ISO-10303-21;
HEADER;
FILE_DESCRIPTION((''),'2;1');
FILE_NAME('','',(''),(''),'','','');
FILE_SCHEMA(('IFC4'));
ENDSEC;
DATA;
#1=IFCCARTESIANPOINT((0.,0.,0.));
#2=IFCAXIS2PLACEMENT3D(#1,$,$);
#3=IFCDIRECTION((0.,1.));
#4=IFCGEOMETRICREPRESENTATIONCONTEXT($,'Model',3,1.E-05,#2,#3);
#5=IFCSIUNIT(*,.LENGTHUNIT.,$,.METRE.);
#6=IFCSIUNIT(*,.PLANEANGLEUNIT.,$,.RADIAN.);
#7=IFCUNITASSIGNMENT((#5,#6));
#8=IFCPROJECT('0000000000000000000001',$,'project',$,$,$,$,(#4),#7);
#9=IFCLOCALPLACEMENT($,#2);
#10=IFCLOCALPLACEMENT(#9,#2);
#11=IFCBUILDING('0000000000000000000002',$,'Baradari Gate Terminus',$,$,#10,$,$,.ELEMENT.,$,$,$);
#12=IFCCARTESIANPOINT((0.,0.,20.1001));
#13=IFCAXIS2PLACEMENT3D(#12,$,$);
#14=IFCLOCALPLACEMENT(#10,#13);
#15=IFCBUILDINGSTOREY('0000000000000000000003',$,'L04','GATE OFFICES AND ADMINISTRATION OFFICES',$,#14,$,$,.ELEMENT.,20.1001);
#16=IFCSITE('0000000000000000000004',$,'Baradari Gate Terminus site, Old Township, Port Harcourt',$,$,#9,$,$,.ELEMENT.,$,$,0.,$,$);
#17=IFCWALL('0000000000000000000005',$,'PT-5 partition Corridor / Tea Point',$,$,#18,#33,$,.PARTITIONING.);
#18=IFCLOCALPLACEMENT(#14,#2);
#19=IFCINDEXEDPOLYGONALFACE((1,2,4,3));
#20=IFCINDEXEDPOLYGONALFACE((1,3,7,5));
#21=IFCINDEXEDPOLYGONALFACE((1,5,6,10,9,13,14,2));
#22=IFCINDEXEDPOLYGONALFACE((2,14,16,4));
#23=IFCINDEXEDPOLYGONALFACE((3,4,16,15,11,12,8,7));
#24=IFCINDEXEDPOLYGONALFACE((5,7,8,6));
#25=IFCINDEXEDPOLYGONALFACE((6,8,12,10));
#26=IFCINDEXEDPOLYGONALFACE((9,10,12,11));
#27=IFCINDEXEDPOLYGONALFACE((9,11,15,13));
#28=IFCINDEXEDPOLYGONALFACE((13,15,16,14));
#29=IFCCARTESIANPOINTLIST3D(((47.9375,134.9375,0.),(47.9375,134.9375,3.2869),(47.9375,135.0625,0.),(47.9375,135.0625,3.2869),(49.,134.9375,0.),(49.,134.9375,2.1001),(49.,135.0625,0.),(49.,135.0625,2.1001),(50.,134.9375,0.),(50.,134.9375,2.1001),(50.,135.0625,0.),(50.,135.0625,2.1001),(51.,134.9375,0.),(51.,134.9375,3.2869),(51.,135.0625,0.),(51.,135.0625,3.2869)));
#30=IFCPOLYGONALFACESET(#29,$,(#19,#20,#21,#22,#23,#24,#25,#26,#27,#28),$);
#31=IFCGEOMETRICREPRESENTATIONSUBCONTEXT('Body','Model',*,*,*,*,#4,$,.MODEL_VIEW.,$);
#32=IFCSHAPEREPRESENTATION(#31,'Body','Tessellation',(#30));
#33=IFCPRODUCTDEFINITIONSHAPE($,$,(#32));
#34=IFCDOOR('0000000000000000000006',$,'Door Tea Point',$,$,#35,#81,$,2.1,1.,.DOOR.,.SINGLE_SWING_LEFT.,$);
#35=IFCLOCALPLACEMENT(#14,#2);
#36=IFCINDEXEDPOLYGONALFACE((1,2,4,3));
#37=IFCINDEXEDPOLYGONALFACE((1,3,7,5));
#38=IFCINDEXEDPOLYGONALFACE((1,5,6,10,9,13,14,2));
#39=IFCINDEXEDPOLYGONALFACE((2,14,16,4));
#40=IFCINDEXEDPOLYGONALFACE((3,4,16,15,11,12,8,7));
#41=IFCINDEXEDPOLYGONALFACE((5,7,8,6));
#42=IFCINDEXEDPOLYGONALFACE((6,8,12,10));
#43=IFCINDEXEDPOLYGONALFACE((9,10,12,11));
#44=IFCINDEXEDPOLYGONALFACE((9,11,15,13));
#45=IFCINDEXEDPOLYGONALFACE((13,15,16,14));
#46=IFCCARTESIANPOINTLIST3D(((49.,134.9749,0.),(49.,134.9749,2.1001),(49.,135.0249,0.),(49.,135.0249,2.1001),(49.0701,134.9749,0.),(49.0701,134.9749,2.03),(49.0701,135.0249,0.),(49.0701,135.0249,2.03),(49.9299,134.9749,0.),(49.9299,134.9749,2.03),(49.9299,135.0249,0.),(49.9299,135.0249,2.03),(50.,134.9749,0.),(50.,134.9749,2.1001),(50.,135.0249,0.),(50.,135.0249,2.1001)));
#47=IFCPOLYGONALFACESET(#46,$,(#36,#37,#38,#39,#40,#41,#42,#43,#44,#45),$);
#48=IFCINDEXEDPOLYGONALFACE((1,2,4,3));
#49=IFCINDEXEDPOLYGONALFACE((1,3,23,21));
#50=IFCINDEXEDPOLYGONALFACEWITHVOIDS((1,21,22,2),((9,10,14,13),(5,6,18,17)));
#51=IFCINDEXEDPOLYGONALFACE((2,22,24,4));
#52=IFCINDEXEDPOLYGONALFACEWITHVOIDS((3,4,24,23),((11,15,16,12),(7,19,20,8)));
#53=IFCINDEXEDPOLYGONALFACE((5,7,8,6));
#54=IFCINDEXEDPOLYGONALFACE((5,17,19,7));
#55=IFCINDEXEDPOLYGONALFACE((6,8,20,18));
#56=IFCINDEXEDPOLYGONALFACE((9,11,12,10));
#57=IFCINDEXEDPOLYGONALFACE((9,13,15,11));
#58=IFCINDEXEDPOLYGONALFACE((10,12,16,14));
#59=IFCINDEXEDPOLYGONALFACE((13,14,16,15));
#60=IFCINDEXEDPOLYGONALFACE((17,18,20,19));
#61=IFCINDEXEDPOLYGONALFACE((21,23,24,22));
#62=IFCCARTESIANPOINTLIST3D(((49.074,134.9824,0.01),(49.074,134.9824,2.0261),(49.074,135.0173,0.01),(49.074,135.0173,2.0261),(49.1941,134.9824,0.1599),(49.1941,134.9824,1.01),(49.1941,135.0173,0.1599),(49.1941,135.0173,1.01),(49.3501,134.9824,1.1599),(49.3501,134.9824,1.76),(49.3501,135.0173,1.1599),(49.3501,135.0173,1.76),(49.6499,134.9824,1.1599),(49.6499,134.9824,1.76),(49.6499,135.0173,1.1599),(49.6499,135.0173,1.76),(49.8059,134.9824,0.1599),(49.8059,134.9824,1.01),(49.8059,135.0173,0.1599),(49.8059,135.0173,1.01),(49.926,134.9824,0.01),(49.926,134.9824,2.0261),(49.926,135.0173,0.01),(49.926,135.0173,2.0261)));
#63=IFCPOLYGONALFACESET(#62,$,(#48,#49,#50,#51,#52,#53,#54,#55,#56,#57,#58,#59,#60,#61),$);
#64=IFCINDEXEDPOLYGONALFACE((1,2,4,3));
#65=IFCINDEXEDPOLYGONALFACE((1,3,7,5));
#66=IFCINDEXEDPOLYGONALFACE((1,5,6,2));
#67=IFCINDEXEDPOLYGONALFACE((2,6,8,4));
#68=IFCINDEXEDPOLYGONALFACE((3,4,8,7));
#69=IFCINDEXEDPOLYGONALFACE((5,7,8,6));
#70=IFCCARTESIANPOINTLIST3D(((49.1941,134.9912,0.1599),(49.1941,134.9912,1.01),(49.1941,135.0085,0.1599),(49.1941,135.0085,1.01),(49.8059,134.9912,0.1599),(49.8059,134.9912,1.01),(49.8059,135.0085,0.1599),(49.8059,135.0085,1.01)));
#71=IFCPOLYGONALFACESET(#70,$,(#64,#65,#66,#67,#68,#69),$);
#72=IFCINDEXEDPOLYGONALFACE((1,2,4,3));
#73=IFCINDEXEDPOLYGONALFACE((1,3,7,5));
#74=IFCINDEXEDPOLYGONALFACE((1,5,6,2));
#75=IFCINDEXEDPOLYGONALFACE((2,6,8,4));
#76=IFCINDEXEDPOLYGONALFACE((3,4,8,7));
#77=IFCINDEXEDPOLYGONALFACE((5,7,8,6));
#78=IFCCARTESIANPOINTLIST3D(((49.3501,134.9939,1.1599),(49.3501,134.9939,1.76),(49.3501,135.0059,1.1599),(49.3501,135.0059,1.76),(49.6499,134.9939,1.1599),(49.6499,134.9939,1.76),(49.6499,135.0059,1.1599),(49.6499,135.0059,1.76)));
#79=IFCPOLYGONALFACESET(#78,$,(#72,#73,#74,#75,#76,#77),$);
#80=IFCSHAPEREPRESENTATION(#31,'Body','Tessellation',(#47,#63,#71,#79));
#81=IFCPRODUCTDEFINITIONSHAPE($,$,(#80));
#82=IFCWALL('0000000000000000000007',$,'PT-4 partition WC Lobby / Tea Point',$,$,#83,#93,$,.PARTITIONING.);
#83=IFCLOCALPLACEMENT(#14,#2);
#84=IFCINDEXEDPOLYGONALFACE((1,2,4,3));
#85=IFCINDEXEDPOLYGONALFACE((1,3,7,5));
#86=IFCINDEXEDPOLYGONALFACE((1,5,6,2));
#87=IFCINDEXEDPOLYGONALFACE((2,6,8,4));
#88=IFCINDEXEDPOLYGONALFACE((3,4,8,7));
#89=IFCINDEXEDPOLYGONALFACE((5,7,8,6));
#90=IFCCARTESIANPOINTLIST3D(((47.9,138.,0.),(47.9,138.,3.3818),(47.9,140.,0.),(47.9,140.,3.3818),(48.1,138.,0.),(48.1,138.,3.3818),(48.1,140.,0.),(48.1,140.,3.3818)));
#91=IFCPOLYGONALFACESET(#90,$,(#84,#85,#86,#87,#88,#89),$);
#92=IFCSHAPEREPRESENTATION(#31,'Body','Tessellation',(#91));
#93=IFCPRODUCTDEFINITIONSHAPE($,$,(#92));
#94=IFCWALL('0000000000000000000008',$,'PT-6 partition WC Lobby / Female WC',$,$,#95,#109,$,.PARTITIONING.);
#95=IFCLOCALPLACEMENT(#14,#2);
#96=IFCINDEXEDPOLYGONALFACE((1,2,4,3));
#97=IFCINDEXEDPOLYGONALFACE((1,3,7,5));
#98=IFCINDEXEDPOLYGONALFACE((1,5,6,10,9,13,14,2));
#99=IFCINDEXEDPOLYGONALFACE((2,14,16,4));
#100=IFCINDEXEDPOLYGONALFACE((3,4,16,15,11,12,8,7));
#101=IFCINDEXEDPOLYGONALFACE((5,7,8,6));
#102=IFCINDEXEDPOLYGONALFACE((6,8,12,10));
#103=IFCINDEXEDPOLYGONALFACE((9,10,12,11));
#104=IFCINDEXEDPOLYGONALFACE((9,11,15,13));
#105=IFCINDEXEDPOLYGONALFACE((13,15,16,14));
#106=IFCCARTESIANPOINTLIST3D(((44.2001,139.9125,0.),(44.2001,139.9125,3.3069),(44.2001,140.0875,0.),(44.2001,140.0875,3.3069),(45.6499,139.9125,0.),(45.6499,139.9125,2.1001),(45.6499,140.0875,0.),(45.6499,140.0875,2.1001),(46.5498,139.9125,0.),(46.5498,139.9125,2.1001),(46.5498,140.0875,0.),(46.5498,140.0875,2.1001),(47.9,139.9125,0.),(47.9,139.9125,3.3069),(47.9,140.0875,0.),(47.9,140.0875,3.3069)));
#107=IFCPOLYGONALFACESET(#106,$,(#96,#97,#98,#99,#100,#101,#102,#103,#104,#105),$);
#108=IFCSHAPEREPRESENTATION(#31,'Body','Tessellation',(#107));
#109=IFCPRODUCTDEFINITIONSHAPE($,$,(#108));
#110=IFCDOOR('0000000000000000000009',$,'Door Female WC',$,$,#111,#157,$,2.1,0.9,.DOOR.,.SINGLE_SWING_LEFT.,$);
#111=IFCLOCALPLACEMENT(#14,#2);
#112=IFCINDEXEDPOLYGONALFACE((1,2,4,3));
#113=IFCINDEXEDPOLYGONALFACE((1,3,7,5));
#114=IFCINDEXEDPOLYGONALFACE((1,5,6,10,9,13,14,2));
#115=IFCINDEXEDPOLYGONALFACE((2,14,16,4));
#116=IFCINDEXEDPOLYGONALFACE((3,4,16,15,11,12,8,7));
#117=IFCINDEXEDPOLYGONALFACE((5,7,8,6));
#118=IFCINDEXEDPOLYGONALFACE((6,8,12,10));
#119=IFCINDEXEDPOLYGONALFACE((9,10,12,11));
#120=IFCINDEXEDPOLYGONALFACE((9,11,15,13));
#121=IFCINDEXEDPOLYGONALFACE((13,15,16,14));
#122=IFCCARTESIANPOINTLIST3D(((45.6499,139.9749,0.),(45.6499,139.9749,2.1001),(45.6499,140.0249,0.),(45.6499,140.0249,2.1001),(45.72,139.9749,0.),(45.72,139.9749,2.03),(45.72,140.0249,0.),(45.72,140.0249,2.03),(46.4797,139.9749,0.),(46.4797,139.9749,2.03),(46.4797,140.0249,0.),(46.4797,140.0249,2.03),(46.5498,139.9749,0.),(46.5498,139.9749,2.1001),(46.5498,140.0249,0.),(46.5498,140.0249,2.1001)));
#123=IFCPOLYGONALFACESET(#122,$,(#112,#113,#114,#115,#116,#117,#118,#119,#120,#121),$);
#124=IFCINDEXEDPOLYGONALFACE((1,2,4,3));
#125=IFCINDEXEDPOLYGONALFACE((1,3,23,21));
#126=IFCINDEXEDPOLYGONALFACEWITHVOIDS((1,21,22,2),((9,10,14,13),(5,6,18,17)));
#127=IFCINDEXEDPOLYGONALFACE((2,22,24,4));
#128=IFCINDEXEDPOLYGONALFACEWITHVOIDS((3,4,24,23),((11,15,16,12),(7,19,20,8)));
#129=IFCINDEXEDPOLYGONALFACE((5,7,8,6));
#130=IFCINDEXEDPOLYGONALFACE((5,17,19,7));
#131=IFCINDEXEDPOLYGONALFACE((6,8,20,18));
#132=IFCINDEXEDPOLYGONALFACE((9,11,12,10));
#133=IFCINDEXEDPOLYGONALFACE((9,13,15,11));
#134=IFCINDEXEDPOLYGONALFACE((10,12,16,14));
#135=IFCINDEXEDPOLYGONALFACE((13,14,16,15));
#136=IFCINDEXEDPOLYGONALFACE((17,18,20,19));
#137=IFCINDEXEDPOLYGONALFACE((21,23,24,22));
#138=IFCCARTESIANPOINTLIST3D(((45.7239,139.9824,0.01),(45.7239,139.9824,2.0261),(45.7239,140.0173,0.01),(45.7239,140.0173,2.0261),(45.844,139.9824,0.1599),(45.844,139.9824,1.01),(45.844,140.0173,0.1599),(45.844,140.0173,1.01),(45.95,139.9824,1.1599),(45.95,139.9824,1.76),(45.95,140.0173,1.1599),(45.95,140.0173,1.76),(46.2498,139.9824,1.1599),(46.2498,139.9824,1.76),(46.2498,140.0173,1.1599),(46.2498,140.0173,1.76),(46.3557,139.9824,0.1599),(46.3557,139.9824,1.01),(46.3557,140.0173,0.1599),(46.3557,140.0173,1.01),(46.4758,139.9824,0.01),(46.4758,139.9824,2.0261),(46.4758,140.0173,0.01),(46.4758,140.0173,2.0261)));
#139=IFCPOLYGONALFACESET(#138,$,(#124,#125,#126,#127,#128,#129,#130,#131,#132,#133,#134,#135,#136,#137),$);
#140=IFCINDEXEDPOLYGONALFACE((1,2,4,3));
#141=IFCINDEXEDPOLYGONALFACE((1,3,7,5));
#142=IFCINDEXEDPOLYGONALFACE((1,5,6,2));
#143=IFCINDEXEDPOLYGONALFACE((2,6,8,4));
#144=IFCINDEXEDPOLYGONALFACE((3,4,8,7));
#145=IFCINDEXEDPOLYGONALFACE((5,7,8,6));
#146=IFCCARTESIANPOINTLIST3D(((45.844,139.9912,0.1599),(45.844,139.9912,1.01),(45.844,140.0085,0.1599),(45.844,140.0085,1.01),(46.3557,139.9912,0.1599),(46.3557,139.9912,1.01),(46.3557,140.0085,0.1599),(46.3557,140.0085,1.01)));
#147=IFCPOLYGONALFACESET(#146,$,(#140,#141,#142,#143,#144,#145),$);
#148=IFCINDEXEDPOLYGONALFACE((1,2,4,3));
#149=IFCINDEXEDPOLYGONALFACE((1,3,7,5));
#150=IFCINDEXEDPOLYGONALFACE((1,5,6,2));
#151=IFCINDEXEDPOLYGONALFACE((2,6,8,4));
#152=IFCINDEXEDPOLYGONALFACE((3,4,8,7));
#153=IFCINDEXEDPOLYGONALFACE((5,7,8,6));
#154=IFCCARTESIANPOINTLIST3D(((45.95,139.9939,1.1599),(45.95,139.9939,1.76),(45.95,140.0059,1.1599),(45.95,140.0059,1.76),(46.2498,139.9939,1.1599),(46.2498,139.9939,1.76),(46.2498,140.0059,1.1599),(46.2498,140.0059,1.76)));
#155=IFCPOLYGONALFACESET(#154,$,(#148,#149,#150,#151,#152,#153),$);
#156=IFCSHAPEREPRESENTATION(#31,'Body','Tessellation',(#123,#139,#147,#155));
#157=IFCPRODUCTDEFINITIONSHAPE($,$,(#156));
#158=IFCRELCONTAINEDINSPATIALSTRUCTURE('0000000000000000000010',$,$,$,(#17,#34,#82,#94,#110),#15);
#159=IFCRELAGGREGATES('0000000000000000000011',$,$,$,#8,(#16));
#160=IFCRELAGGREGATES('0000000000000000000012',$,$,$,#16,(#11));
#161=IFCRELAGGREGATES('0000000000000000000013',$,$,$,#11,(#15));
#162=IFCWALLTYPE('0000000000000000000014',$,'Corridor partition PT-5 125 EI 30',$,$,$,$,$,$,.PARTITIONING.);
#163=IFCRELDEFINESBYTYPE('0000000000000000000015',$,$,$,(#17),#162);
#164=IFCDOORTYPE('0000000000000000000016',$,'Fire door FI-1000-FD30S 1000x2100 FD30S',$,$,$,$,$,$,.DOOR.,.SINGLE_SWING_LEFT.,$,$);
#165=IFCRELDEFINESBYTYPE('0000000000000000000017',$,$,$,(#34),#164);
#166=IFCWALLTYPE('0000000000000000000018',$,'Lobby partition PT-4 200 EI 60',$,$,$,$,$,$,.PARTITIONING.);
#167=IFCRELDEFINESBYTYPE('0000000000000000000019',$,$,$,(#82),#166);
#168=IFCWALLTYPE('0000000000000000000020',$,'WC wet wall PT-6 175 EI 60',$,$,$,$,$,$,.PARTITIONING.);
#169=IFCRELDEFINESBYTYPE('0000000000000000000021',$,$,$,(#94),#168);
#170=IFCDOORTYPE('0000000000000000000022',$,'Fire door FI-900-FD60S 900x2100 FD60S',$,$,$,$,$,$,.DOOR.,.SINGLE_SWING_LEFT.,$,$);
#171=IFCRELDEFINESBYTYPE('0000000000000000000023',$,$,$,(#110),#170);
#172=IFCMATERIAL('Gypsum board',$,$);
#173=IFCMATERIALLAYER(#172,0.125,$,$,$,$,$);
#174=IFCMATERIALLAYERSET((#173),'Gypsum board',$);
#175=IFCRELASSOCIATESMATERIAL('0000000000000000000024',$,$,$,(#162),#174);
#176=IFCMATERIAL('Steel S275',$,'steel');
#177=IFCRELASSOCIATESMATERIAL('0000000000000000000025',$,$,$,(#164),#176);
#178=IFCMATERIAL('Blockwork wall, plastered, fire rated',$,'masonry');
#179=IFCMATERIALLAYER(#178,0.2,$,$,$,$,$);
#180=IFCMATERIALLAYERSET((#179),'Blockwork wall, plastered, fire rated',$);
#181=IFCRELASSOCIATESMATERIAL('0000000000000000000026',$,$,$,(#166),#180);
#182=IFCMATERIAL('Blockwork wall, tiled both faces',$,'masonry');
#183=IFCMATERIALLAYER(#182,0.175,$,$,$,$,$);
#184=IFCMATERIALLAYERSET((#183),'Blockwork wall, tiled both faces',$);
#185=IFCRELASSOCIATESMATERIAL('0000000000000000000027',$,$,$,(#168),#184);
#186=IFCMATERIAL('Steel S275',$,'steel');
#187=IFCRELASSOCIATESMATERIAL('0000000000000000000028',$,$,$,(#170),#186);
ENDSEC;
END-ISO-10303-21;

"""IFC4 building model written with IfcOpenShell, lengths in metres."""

from ifc_helpers import new_model, si_unit, direction, frame, frame_2d, origin, place, context, subcontext, project, spatial, polyline, rectangle, outline, extrude, material, layer, layer_set, type_object, element, fill, save


model = new_model("IFC4")

# Units and contexts
model_context = context("Model", 3, precision=1e-05, world=origin(), true_north=direction((0.0, 1.0)))
body_context = subcontext(model_context, "Body", "Model", "MODEL_VIEW")
ifc_project = project(units=[si_unit("LENGTHUNIT", "METRE"), si_unit("PLANEANGLEUNIT", "RADIAN")], contexts=[model_context])

# Site, building, storey
site_placement = place(None, origin())
site = spatial("IfcSite", under=ifc_project, at=site_placement, Name="Baradari Gate Terminus site, Old Township, Port Harcourt", CompositionType="ELEMENT", RefElevation=0.0)
building_placement = place(site_placement, origin())
building = spatial("IfcBuilding", under=site, at=building_placement, Name="Baradari Gate Terminus", CompositionType="ELEMENT")
storey_placement = place(building_placement, frame((0.0, 0.0, 20.1001)))
storey = spatial("IfcBuildingStorey", under=building, at=storey_placement, Name="L04", Description="GATE OFFICES AND ADMINISTRATION OFFICES", CompositionType="ELEMENT", Elevation=20.1001)

# Shared definitions
ifc_material_1 = material(Name="Gypsum board")
ifc_layer_1 = layer(ifc_material_1, 0.125)
ifc_layer_set_1 = layer_set([ifc_layer_1], Name="Gypsum board")
wall_type_1 = type_object("IfcWallType", Name="Corridor partition PT-5 125 EI 30", PredefinedType="PARTITIONING", material=ifc_layer_set_1)
ifc_material_2 = material(Name="Steel S275", Category="steel")
door_type_1 = type_object("IfcDoorType", Name="Fire door FI-1000-FD30S 1000x2100 FD30S", OperationType="SINGLE_SWING_LEFT", PredefinedType="DOOR", material=ifc_material_2)

# Wall, opening, door
wall_1_placement = place(storey_placement, frame((47.9375, 135.0, 0.0), z_axis=(0.0, 0.0, 1.0), x_axis=(1.0, 0.0, 0.0)))
wall_1 = element("IfcWall", 1, at=wall_1_placement, inside=storey, type_object=wall_type_1, Name="PT-5 partition Corridor / Tea Point", PredefinedType="PARTITIONING", context=body_context, shape_type="SweptSolid", body=[
    extrude(rectangle(XDim=3.0625, YDim=0.125, at=frame_2d((1.5312, 0.0))), origin(), (0.0, 0.0, 1.0), 3.2869),
])
opening_1_placement = place(wall_1_placement, frame((1.0625, 0.0, 0.0)))
opening_1 = element("IfcOpeningElement", 2, at=opening_1_placement, cuts=wall_1, PredefinedType="OPENING", context=body_context, shape_type="SweptSolid", body=[
    extrude(rectangle(XDim=1.0, YDim=2.1001, at=frame_2d((0.5, 1.05))), frame((0.0, 0.0725, 0.0), z_axis=(0.0, -1.0, 0.0), x_axis=(1.0, 0.0, 0.0)), (0.0, 0.0, 1.0), 0.145),
])
door_1_placement = place(opening_1_placement, origin())
door_1 = element("IfcDoor", 3, at=door_1_placement, inside=storey, type_object=door_type_1, Name="Door Tea Point", OperationType="SINGLE_SWING_LEFT", OverallHeight=2.1, OverallWidth=1.0, PredefinedType="DOOR", context=body_context, shape_type="SweptSolid", body=[
    extrude(outline(polyline([(0.0, 0.0), (0.0701, 0.0), (0.0701, 2.03), (0.9299, 2.03), (0.9299, 0.0), (1.0, 0.0), (1.0, 2.1001), (0.0, 2.1001), (0.0, 0.0)])), frame((0.0, 0.0249, 0.0), z_axis=(0.0, -1.0, 0.0), x_axis=(1.0, 0.0, 0.0)), (0.0, 0.0, 1.0), 0.05),
    extrude(outline(polyline([(0.074, 0.01), (0.926, 0.01), (0.926, 2.0261), (0.074, 2.0261), (0.074, 0.01)]), holes=[polyline([(0.1941, 0.1599), (0.8059, 0.1599), (0.8059, 1.01), (0.1941, 1.01), (0.1941, 0.1599)]), polyline([(0.3501, 1.1599), (0.6499, 1.1599), (0.6499, 1.76), (0.3501, 1.76), (0.3501, 1.1599)])]), frame((0.0, 0.0173, 0.0), z_axis=(0.0, -1.0, 0.0), x_axis=(1.0, 0.0, 0.0)), (0.0, 0.0, 1.0), 0.0349),
    extrude(rectangle(XDim=0.6118, YDim=0.8501, at=frame_2d((0.5, 0.585))), frame((0.0, 0.0085, 0.0), z_axis=(0.0, -1.0, 0.0), x_axis=(1.0, 0.0, 0.0)), (0.0, 0.0, 1.0), 0.0173),
    extrude(rectangle(XDim=0.2998, YDim=0.6001, at=frame_2d((0.5, 1.46))), frame((0.0, 0.0059, 0.0), z_axis=(0.0, -1.0, 0.0), x_axis=(1.0, 0.0, 0.0)), (0.0, 0.0, 1.0), 0.012),
])
fill(opening_1, door_1)

# Wall
ifc_material_3 = material(Name="Blockwork wall, plastered, fire rated", Category="masonry")
ifc_layer_2 = layer(ifc_material_3, 0.2)
ifc_layer_set_2 = layer_set([ifc_layer_2], Name="Blockwork wall, plastered, fire rated")
wall_type_2 = type_object("IfcWallType", Name="Lobby partition PT-4 200 EI 60", PredefinedType="PARTITIONING", material=ifc_layer_set_2)
wall_2_placement = place(storey_placement, frame((48.0, 140.0, 0.0), z_axis=(0.0, 0.0, 1.0), x_axis=(0.0, -1.0, 0.0)))
element("IfcWall", 4, at=wall_2_placement, inside=storey, type_object=wall_type_2, Name="PT-4 partition WC Lobby / Tea Point", PredefinedType="PARTITIONING", context=body_context, shape_type="SweptSolid", body=[
    extrude(rectangle(XDim=2.0, YDim=0.2, at=frame_2d((1.0, 0.0))), origin(), (0.0, 0.0, 1.0), 3.3818),
])

# Wall, opening, door
ifc_material_4 = material(Name="Blockwork wall, tiled both faces", Category="masonry")
ifc_layer_3 = layer(ifc_material_4, 0.175)
ifc_layer_set_3 = layer_set([ifc_layer_3], Name="Blockwork wall, tiled both faces")
wall_type_3 = type_object("IfcWallType", Name="WC wet wall PT-6 175 EI 60", PredefinedType="PARTITIONING", material=ifc_layer_set_3)
wall_3_placement = place(storey_placement, frame((44.2, 140.0, 0.0), z_axis=(0.0, 0.0, 1.0), x_axis=(1.0, 0.0, 0.0)))
wall_3 = element("IfcWall", 5, at=wall_3_placement, inside=storey, type_object=wall_type_3, Name="PT-6 partition WC Lobby / Female WC", PredefinedType="PARTITIONING", context=body_context, shape_type="SweptSolid", body=[
    extrude(rectangle(XDim=3.7, YDim=0.175, at=frame_2d((1.8501, 0.0))), origin(), (0.0, 0.0, 1.0), 3.3069),
])
opening_2_placement = place(wall_3_placement, frame((1.45, 0.0, 0.0)))
opening_2 = element("IfcOpeningElement", 6, at=opening_2_placement, cuts=wall_3, PredefinedType="OPENING", context=body_context, shape_type="SweptSolid", body=[
    extrude(rectangle(XDim=0.8999, YDim=2.1001, at=frame_2d((0.45, 1.05))), frame((0.0, 0.0974, 0.0), z_axis=(0.0, -1.0, 0.0), x_axis=(1.0, 0.0, 0.0)), (0.0, 0.0, 1.0), 0.1951),
])
ifc_material_5 = material(Name="Steel S275", Category="steel")
door_type_2 = type_object("IfcDoorType", Name="Fire door FI-900-FD60S 900x2100 FD60S", OperationType="SINGLE_SWING_LEFT", PredefinedType="DOOR", material=ifc_material_5)
door_2_placement = place(opening_2_placement, origin())
door_2 = element("IfcDoor", 7, at=door_2_placement, inside=storey, type_object=door_type_2, Name="Door Female WC", OperationType="SINGLE_SWING_LEFT", OverallHeight=2.1, OverallWidth=0.9, PredefinedType="DOOR", context=body_context, shape_type="SweptSolid", body=[
    extrude(outline(polyline([(0.0, 0.0), (0.0701, 0.0), (0.0701, 2.03), (0.8298, 2.03), (0.8298, 0.0), (0.8999, 0.0), (0.8999, 2.1001), (0.0, 2.1001), (0.0, 0.0)])), frame((0.0, 0.0249, 0.0), z_axis=(0.0, -1.0, 0.0), x_axis=(1.0, 0.0, 0.0)), (0.0, 0.0, 1.0), 0.05),
    extrude(outline(polyline([(0.074, 0.01), (0.8259, 0.01), (0.8259, 2.0261), (0.074, 2.0261), (0.074, 0.01)]), holes=[polyline([(0.1941, 0.1599), (0.7058, 0.1599), (0.7058, 1.01), (0.1941, 1.01), (0.1941, 0.1599)]), polyline([(0.3, 1.1599), (0.5999, 1.1599), (0.5999, 1.76), (0.3, 1.76), (0.3, 1.1599)])]), frame((0.0, 0.0173, 0.0), z_axis=(0.0, -1.0, 0.0), x_axis=(1.0, 0.0, 0.0)), (0.0, 0.0, 1.0), 0.0349),
    extrude(rectangle(XDim=0.5117, YDim=0.8501, at=frame_2d((0.45, 0.585))), frame((0.0, 0.0085, 0.0), z_axis=(0.0, -1.0, 0.0), x_axis=(1.0, 0.0, 0.0)), (0.0, 0.0, 1.0), 0.0173),
    extrude(rectangle(XDim=0.2998, YDim=0.6001, at=frame_2d((0.45, 1.46))), frame((0.0, 0.0059, 0.0), z_axis=(0.0, -1.0, 0.0), x_axis=(1.0, 0.0, 0.0)), (0.0, 0.0, 1.0), 0.012),
])
fill(opening_2, door_2)

save(model, "model.ifc")
